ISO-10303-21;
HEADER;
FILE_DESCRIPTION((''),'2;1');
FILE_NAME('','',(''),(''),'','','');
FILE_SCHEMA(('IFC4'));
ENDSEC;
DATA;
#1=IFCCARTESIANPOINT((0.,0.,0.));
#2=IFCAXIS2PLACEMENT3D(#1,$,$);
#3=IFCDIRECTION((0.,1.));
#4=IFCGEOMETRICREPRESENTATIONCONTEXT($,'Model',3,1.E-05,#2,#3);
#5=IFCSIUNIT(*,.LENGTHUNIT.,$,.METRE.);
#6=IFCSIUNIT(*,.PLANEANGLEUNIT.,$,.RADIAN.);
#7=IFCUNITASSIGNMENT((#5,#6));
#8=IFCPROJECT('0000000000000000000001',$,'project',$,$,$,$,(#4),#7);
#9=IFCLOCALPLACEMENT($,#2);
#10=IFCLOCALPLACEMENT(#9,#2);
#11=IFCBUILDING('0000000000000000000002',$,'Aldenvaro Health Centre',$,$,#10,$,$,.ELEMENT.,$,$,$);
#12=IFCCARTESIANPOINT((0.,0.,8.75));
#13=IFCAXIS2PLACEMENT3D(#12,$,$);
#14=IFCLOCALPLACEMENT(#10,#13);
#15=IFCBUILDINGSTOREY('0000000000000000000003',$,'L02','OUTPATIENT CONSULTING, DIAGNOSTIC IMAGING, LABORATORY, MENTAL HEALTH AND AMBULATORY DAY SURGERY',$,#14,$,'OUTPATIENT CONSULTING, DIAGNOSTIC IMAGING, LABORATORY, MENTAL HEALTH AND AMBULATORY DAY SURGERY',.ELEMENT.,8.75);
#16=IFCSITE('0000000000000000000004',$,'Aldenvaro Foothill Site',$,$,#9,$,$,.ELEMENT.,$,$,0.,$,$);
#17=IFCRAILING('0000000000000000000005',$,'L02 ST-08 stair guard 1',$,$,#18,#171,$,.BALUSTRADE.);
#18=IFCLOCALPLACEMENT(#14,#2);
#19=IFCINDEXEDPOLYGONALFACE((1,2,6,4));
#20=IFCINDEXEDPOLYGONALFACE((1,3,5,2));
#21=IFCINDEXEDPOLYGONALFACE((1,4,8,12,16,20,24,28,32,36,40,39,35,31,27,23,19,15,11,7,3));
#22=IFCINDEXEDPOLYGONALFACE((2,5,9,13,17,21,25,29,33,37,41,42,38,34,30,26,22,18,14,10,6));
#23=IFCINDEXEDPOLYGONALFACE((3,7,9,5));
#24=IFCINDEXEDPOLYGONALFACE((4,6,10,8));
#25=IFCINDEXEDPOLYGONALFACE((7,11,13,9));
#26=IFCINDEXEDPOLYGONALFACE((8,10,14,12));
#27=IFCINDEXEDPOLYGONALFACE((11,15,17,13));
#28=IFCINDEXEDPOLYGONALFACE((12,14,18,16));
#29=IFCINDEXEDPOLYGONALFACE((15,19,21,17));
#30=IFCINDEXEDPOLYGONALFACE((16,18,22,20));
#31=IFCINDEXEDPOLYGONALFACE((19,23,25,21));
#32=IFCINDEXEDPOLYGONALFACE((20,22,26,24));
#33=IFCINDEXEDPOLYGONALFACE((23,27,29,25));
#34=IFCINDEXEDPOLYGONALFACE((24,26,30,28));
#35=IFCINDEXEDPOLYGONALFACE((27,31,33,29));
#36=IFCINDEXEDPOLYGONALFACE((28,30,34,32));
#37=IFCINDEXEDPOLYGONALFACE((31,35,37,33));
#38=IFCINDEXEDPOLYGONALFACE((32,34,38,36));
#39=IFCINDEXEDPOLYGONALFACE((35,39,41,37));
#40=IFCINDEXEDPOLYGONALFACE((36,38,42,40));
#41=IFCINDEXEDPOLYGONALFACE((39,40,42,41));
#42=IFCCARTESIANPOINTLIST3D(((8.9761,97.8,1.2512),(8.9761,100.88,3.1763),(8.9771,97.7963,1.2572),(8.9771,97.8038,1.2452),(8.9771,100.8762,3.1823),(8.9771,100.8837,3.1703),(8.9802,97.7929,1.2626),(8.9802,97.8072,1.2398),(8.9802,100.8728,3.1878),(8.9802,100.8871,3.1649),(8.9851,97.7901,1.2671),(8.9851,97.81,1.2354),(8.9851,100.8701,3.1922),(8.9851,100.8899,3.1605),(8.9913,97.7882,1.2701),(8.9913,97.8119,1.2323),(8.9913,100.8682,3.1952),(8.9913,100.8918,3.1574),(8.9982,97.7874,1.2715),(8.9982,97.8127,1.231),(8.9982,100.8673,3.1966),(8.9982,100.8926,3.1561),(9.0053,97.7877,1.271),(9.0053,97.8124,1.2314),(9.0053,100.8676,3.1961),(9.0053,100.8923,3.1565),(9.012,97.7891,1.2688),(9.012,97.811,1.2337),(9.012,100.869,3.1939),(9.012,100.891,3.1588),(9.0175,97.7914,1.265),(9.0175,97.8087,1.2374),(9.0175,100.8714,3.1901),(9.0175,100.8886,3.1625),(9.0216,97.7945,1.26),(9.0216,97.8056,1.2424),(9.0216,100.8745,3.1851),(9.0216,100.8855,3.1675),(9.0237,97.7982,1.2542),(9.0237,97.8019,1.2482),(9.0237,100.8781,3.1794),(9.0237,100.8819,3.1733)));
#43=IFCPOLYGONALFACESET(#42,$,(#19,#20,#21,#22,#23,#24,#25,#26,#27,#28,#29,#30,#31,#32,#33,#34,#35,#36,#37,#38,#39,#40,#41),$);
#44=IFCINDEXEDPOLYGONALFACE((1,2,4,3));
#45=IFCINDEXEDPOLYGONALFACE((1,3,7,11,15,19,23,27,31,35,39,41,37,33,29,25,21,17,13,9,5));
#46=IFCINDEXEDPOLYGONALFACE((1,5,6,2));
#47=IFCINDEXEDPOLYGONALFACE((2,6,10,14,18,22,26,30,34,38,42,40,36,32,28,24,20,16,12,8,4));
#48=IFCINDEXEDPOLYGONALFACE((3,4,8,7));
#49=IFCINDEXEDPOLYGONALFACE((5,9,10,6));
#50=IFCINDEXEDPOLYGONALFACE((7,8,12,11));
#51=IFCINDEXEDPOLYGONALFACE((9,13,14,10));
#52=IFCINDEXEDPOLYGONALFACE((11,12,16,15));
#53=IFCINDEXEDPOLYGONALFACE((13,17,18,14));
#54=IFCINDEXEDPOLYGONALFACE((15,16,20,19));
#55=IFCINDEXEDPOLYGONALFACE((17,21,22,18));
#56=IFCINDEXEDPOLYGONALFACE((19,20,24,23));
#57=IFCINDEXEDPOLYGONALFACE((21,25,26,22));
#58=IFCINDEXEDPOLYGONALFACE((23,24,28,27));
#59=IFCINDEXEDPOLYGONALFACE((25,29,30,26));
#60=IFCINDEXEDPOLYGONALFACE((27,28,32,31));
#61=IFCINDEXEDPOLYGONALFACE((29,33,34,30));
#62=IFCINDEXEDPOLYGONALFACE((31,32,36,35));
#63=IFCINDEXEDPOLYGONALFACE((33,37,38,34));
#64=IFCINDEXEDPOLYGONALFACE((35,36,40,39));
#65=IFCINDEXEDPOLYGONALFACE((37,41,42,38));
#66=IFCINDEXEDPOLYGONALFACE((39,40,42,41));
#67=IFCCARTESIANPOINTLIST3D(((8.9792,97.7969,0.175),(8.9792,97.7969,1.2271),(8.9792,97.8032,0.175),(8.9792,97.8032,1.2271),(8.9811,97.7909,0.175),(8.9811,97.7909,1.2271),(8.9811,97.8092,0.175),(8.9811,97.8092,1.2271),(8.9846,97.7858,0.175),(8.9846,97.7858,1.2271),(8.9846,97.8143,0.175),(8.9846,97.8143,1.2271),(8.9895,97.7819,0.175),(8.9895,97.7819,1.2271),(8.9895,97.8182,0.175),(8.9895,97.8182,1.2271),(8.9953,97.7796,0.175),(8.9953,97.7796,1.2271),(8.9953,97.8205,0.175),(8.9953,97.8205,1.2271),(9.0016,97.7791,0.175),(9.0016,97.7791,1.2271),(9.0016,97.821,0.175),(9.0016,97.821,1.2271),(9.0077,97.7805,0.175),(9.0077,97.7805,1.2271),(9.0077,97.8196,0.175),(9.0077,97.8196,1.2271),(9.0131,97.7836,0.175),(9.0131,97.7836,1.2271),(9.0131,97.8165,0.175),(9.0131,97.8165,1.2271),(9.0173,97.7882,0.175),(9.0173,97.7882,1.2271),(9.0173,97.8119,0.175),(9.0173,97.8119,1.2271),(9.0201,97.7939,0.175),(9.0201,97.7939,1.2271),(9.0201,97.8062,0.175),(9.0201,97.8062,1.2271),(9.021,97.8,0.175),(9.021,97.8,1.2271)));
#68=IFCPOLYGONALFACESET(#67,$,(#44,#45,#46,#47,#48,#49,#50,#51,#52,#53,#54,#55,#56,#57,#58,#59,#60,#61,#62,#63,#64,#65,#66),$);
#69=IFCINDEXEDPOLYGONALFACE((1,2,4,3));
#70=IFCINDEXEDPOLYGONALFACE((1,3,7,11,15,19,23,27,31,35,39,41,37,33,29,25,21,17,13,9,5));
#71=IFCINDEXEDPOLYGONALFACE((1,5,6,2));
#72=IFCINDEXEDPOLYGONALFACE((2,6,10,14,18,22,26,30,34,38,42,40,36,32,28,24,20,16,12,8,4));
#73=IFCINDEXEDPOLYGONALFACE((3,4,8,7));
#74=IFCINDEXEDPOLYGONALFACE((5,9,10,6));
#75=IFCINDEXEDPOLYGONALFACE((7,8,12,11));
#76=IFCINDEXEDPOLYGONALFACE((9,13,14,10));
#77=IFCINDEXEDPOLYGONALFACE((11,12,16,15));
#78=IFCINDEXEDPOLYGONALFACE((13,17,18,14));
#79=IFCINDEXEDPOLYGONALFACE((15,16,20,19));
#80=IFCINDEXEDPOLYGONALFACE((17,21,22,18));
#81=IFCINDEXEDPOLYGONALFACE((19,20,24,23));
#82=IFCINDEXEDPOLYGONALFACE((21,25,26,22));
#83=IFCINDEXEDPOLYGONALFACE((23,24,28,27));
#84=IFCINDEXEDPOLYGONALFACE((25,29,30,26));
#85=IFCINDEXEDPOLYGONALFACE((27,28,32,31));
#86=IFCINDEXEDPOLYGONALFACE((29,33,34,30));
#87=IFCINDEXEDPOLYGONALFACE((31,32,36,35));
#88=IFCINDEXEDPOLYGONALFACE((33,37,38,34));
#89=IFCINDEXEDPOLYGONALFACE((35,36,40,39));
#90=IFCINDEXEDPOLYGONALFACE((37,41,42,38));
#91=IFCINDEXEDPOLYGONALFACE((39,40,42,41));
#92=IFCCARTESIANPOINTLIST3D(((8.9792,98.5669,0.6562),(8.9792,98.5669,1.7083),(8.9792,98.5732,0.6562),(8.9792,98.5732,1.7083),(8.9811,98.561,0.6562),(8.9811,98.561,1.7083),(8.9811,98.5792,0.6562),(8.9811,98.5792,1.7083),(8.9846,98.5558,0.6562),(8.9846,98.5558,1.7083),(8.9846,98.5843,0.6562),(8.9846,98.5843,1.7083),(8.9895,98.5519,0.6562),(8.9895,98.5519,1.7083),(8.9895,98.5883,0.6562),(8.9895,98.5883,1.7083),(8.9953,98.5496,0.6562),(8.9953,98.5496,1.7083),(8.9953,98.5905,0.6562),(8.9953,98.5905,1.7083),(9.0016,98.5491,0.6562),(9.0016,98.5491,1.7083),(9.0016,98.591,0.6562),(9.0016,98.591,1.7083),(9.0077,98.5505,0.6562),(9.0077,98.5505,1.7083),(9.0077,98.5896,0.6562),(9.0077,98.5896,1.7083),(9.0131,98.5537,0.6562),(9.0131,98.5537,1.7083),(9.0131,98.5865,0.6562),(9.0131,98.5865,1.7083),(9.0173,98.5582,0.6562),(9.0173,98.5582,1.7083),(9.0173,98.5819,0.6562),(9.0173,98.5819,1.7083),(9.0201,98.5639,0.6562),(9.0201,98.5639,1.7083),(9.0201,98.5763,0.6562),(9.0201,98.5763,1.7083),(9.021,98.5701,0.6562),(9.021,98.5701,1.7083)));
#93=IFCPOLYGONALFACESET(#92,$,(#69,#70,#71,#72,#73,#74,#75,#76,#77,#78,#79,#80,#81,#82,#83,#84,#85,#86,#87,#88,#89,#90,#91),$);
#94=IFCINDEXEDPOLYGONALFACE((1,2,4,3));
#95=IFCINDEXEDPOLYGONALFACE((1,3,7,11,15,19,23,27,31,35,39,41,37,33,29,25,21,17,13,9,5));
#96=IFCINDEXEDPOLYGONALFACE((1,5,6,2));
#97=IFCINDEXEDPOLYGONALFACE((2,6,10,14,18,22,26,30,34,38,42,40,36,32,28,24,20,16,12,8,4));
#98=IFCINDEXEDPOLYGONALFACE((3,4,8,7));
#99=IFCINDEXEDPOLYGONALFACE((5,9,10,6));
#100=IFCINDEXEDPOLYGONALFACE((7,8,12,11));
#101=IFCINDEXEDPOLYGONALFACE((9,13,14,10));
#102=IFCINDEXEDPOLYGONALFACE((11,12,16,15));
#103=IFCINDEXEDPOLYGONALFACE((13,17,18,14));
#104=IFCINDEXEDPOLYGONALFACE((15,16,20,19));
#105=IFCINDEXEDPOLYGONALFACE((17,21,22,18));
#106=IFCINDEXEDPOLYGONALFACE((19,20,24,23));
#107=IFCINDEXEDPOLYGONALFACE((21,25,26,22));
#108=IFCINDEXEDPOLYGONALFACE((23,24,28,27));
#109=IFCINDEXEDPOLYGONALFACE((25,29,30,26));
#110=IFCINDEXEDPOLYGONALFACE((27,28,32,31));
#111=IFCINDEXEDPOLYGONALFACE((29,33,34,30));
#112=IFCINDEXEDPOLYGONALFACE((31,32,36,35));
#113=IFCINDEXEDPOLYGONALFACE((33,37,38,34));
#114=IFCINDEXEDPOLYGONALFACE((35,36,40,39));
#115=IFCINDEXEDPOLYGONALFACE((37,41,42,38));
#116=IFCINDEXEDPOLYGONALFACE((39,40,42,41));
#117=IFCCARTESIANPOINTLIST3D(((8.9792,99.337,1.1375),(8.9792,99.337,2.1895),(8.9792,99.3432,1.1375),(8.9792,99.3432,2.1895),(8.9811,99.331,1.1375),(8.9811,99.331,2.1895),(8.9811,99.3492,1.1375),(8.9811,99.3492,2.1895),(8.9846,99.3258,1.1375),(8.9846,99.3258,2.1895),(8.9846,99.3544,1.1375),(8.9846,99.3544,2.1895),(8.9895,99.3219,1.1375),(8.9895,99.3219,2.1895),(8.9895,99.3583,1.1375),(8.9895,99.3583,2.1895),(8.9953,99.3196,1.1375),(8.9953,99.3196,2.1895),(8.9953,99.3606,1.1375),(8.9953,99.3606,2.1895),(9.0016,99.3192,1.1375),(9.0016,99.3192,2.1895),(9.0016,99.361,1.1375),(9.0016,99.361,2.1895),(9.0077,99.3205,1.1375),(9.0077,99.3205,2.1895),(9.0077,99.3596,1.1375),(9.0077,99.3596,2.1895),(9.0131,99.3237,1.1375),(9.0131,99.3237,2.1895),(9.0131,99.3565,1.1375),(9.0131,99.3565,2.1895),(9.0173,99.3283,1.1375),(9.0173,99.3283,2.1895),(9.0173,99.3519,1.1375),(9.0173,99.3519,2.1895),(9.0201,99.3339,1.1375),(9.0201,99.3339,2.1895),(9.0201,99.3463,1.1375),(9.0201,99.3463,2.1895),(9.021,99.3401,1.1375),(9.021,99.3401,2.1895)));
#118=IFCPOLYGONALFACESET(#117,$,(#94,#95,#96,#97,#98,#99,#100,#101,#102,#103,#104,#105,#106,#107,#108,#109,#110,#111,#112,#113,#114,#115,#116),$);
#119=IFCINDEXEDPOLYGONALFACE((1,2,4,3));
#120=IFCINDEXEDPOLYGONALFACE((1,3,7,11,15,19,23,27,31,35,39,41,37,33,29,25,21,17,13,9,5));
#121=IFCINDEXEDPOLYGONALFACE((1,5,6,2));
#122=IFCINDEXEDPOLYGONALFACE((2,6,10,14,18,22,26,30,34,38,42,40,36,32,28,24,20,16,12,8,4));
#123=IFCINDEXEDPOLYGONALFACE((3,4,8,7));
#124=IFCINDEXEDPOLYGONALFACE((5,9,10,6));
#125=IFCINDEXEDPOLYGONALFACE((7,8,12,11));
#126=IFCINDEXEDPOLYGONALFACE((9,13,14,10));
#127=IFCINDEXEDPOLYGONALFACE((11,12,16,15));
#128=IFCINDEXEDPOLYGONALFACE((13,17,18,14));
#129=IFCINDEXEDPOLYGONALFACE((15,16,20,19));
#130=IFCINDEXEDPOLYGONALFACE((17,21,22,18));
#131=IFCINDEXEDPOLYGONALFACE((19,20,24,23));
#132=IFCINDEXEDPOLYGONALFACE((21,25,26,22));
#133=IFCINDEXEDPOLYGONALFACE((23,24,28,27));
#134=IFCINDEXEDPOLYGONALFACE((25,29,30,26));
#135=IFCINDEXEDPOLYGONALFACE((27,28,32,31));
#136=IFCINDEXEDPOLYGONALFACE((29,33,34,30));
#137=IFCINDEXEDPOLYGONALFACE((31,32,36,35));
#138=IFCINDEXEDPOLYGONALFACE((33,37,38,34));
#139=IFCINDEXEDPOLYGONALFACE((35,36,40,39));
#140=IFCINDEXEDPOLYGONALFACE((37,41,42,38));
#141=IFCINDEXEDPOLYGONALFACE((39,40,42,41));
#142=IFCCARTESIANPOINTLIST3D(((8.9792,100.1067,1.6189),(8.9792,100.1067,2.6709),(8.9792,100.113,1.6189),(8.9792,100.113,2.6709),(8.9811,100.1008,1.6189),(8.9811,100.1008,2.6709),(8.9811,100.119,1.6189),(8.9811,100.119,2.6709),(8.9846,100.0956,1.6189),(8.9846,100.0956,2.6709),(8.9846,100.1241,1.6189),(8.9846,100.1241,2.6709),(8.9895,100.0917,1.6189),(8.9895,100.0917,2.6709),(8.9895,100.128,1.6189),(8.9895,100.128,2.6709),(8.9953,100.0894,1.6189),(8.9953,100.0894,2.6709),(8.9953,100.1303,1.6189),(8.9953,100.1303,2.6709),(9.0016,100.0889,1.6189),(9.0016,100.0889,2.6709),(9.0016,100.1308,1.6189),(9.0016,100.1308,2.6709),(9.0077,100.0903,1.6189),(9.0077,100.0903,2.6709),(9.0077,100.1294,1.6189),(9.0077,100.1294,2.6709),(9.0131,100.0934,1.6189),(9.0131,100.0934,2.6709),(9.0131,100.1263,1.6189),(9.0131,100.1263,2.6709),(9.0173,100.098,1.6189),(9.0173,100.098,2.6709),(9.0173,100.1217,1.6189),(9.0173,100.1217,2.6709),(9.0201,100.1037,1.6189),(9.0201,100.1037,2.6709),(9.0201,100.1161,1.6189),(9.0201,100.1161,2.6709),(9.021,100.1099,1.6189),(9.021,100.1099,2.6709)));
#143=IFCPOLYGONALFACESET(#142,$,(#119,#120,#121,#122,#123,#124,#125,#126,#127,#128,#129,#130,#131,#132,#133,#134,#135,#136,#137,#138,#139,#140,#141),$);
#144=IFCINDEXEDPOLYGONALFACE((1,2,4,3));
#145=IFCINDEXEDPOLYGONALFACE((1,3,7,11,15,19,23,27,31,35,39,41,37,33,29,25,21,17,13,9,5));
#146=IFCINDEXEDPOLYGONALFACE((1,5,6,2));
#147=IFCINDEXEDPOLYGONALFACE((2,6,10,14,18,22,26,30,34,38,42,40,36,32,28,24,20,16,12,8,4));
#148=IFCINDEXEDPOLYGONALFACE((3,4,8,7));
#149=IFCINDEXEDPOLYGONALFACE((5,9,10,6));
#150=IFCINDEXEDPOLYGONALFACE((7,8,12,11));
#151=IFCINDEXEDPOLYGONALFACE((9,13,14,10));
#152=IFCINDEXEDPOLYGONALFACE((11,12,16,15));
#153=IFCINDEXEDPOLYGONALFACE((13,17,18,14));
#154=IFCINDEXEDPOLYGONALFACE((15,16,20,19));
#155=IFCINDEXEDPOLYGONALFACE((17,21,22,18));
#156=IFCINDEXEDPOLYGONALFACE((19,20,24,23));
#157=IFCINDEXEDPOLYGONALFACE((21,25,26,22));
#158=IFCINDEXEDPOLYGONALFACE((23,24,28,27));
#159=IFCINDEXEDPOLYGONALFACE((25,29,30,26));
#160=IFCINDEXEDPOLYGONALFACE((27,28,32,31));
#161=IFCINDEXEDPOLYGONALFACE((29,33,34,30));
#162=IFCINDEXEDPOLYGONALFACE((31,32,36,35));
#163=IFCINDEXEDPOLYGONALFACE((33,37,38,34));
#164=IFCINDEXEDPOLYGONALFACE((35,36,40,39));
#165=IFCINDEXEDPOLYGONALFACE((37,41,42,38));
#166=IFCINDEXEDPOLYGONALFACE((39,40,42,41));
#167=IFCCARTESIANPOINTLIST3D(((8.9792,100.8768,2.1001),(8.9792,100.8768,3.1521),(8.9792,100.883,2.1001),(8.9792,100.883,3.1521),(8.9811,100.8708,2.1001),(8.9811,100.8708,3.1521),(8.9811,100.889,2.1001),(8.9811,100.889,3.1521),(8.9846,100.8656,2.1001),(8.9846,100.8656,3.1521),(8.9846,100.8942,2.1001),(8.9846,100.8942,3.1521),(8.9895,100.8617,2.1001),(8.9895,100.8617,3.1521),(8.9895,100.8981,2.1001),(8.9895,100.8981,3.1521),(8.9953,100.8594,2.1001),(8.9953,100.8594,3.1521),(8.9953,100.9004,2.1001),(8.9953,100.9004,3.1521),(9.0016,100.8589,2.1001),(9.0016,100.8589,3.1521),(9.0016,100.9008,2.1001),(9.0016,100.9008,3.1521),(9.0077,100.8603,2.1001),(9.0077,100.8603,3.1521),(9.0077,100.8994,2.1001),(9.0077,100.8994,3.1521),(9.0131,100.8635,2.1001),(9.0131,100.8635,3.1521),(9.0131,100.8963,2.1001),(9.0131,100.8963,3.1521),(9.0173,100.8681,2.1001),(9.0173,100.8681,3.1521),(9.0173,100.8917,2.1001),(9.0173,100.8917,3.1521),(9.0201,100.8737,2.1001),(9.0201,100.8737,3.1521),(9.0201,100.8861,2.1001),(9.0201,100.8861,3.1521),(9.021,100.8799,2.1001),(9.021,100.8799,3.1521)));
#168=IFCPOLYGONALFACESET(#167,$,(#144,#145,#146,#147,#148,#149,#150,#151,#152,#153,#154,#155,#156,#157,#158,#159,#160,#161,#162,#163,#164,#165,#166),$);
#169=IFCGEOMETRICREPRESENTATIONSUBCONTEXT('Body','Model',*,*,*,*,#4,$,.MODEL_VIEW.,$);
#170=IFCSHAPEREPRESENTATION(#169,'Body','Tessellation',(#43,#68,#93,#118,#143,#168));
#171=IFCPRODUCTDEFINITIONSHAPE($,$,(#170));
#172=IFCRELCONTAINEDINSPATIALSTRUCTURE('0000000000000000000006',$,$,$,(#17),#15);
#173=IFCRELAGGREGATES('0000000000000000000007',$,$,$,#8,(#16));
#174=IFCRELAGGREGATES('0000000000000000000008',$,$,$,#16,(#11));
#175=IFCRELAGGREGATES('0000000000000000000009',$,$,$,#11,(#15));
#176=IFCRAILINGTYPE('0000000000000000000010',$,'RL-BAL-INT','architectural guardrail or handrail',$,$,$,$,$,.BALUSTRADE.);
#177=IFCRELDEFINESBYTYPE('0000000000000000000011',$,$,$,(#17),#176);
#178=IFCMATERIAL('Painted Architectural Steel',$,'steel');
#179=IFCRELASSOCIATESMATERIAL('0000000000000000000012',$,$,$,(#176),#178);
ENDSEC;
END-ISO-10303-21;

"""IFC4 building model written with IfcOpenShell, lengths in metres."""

from ifc_helpers import new_model, si_unit, direction, frame, origin, origin_2d, place, context, subcontext, project, spatial, circle, extrude, material, type_object, element, save


model = new_model("IFC4")

# Units and contexts
model_context = context("Model", 3, precision=1e-05, world=origin(), true_north=direction((0.0, 1.0)))
body_context = subcontext(model_context, "Body", "Model", "MODEL_VIEW")
ifc_project = project(units=[si_unit("LENGTHUNIT", "METRE"), si_unit("PLANEANGLEUNIT", "RADIAN")], contexts=[model_context])

# Site, building, storey
site_placement = place(None, origin())
site = spatial("IfcSite", under=ifc_project, at=site_placement, Name="Aldenvaro Foothill Site", CompositionType="ELEMENT", RefElevation=0.0)
building_placement = place(site_placement, origin())
building = spatial("IfcBuilding", under=site, at=building_placement, Name="Aldenvaro Health Centre", CompositionType="ELEMENT")
storey_placement = place(building_placement, frame((0.0, 0.0, 8.75)))
storey = spatial("IfcBuildingStorey", under=building, at=storey_placement, Name="L02", Description="OUTPATIENT CONSULTING, DIAGNOSTIC IMAGING, LABORATORY, MENTAL HEALTH AND AMBULATORY DAY SURGERY", LongName="OUTPATIENT CONSULTING, DIAGNOSTIC IMAGING, LABORATORY, MENTAL HEALTH AND AMBULATORY DAY SURGERY", CompositionType="ELEMENT", Elevation=8.75)

# Railing
ifc_material_1 = material(Name="Painted Architectural Steel", Category="steel")
railing_type = type_object("IfcRailingType", Name="RL-BAL-INT", Description="architectural guardrail or handrail", PredefinedType="BALUSTRADE", material=ifc_material_1)
railing_1_placement = place(storey_placement, frame((9.0, 97.8, 0.175)))
element("IfcRailing", 1, at=railing_1_placement, inside=storey, type_object=railing_type, Name="L02 ST-08 stair guard 1", PredefinedType="BALUSTRADE", context=body_context, shape_type="SweptSolid", body=[
    extrude(circle(Radius=0.0239, at=origin_2d()), frame((0.0, 0.0, 1.0762), z_axis=(0.0, 0.847979, 0.530029), x_axis=(-1.0, 0.0, 0.0)), (0.0, 0.0, 1.0), 3.6321),
    extrude(circle(Radius=0.021, at=origin_2d()), origin(), (0.0, 0.0, 1.0), 1.052),
    extrude(circle(Radius=0.021, at=origin_2d()), frame((0.0, 0.77, 0.4812)), (0.0, 0.0, 1.0), 1.052),
    extrude(circle(Radius=0.021, at=origin_2d()), frame((0.0, 1.54, 0.9624)), (0.0, 0.0, 1.0), 1.052),
    extrude(circle(Radius=0.021, at=origin_2d()), frame((0.0, 2.3098, 1.4438)), (0.0, 0.0, 1.0), 1.052),
    extrude(circle(Radius=0.021, at=origin_2d()), frame((0.0, 3.0798, 1.925)), (0.0, 0.0, 1.0), 1.052),
])

save(model, "model.ifc")
